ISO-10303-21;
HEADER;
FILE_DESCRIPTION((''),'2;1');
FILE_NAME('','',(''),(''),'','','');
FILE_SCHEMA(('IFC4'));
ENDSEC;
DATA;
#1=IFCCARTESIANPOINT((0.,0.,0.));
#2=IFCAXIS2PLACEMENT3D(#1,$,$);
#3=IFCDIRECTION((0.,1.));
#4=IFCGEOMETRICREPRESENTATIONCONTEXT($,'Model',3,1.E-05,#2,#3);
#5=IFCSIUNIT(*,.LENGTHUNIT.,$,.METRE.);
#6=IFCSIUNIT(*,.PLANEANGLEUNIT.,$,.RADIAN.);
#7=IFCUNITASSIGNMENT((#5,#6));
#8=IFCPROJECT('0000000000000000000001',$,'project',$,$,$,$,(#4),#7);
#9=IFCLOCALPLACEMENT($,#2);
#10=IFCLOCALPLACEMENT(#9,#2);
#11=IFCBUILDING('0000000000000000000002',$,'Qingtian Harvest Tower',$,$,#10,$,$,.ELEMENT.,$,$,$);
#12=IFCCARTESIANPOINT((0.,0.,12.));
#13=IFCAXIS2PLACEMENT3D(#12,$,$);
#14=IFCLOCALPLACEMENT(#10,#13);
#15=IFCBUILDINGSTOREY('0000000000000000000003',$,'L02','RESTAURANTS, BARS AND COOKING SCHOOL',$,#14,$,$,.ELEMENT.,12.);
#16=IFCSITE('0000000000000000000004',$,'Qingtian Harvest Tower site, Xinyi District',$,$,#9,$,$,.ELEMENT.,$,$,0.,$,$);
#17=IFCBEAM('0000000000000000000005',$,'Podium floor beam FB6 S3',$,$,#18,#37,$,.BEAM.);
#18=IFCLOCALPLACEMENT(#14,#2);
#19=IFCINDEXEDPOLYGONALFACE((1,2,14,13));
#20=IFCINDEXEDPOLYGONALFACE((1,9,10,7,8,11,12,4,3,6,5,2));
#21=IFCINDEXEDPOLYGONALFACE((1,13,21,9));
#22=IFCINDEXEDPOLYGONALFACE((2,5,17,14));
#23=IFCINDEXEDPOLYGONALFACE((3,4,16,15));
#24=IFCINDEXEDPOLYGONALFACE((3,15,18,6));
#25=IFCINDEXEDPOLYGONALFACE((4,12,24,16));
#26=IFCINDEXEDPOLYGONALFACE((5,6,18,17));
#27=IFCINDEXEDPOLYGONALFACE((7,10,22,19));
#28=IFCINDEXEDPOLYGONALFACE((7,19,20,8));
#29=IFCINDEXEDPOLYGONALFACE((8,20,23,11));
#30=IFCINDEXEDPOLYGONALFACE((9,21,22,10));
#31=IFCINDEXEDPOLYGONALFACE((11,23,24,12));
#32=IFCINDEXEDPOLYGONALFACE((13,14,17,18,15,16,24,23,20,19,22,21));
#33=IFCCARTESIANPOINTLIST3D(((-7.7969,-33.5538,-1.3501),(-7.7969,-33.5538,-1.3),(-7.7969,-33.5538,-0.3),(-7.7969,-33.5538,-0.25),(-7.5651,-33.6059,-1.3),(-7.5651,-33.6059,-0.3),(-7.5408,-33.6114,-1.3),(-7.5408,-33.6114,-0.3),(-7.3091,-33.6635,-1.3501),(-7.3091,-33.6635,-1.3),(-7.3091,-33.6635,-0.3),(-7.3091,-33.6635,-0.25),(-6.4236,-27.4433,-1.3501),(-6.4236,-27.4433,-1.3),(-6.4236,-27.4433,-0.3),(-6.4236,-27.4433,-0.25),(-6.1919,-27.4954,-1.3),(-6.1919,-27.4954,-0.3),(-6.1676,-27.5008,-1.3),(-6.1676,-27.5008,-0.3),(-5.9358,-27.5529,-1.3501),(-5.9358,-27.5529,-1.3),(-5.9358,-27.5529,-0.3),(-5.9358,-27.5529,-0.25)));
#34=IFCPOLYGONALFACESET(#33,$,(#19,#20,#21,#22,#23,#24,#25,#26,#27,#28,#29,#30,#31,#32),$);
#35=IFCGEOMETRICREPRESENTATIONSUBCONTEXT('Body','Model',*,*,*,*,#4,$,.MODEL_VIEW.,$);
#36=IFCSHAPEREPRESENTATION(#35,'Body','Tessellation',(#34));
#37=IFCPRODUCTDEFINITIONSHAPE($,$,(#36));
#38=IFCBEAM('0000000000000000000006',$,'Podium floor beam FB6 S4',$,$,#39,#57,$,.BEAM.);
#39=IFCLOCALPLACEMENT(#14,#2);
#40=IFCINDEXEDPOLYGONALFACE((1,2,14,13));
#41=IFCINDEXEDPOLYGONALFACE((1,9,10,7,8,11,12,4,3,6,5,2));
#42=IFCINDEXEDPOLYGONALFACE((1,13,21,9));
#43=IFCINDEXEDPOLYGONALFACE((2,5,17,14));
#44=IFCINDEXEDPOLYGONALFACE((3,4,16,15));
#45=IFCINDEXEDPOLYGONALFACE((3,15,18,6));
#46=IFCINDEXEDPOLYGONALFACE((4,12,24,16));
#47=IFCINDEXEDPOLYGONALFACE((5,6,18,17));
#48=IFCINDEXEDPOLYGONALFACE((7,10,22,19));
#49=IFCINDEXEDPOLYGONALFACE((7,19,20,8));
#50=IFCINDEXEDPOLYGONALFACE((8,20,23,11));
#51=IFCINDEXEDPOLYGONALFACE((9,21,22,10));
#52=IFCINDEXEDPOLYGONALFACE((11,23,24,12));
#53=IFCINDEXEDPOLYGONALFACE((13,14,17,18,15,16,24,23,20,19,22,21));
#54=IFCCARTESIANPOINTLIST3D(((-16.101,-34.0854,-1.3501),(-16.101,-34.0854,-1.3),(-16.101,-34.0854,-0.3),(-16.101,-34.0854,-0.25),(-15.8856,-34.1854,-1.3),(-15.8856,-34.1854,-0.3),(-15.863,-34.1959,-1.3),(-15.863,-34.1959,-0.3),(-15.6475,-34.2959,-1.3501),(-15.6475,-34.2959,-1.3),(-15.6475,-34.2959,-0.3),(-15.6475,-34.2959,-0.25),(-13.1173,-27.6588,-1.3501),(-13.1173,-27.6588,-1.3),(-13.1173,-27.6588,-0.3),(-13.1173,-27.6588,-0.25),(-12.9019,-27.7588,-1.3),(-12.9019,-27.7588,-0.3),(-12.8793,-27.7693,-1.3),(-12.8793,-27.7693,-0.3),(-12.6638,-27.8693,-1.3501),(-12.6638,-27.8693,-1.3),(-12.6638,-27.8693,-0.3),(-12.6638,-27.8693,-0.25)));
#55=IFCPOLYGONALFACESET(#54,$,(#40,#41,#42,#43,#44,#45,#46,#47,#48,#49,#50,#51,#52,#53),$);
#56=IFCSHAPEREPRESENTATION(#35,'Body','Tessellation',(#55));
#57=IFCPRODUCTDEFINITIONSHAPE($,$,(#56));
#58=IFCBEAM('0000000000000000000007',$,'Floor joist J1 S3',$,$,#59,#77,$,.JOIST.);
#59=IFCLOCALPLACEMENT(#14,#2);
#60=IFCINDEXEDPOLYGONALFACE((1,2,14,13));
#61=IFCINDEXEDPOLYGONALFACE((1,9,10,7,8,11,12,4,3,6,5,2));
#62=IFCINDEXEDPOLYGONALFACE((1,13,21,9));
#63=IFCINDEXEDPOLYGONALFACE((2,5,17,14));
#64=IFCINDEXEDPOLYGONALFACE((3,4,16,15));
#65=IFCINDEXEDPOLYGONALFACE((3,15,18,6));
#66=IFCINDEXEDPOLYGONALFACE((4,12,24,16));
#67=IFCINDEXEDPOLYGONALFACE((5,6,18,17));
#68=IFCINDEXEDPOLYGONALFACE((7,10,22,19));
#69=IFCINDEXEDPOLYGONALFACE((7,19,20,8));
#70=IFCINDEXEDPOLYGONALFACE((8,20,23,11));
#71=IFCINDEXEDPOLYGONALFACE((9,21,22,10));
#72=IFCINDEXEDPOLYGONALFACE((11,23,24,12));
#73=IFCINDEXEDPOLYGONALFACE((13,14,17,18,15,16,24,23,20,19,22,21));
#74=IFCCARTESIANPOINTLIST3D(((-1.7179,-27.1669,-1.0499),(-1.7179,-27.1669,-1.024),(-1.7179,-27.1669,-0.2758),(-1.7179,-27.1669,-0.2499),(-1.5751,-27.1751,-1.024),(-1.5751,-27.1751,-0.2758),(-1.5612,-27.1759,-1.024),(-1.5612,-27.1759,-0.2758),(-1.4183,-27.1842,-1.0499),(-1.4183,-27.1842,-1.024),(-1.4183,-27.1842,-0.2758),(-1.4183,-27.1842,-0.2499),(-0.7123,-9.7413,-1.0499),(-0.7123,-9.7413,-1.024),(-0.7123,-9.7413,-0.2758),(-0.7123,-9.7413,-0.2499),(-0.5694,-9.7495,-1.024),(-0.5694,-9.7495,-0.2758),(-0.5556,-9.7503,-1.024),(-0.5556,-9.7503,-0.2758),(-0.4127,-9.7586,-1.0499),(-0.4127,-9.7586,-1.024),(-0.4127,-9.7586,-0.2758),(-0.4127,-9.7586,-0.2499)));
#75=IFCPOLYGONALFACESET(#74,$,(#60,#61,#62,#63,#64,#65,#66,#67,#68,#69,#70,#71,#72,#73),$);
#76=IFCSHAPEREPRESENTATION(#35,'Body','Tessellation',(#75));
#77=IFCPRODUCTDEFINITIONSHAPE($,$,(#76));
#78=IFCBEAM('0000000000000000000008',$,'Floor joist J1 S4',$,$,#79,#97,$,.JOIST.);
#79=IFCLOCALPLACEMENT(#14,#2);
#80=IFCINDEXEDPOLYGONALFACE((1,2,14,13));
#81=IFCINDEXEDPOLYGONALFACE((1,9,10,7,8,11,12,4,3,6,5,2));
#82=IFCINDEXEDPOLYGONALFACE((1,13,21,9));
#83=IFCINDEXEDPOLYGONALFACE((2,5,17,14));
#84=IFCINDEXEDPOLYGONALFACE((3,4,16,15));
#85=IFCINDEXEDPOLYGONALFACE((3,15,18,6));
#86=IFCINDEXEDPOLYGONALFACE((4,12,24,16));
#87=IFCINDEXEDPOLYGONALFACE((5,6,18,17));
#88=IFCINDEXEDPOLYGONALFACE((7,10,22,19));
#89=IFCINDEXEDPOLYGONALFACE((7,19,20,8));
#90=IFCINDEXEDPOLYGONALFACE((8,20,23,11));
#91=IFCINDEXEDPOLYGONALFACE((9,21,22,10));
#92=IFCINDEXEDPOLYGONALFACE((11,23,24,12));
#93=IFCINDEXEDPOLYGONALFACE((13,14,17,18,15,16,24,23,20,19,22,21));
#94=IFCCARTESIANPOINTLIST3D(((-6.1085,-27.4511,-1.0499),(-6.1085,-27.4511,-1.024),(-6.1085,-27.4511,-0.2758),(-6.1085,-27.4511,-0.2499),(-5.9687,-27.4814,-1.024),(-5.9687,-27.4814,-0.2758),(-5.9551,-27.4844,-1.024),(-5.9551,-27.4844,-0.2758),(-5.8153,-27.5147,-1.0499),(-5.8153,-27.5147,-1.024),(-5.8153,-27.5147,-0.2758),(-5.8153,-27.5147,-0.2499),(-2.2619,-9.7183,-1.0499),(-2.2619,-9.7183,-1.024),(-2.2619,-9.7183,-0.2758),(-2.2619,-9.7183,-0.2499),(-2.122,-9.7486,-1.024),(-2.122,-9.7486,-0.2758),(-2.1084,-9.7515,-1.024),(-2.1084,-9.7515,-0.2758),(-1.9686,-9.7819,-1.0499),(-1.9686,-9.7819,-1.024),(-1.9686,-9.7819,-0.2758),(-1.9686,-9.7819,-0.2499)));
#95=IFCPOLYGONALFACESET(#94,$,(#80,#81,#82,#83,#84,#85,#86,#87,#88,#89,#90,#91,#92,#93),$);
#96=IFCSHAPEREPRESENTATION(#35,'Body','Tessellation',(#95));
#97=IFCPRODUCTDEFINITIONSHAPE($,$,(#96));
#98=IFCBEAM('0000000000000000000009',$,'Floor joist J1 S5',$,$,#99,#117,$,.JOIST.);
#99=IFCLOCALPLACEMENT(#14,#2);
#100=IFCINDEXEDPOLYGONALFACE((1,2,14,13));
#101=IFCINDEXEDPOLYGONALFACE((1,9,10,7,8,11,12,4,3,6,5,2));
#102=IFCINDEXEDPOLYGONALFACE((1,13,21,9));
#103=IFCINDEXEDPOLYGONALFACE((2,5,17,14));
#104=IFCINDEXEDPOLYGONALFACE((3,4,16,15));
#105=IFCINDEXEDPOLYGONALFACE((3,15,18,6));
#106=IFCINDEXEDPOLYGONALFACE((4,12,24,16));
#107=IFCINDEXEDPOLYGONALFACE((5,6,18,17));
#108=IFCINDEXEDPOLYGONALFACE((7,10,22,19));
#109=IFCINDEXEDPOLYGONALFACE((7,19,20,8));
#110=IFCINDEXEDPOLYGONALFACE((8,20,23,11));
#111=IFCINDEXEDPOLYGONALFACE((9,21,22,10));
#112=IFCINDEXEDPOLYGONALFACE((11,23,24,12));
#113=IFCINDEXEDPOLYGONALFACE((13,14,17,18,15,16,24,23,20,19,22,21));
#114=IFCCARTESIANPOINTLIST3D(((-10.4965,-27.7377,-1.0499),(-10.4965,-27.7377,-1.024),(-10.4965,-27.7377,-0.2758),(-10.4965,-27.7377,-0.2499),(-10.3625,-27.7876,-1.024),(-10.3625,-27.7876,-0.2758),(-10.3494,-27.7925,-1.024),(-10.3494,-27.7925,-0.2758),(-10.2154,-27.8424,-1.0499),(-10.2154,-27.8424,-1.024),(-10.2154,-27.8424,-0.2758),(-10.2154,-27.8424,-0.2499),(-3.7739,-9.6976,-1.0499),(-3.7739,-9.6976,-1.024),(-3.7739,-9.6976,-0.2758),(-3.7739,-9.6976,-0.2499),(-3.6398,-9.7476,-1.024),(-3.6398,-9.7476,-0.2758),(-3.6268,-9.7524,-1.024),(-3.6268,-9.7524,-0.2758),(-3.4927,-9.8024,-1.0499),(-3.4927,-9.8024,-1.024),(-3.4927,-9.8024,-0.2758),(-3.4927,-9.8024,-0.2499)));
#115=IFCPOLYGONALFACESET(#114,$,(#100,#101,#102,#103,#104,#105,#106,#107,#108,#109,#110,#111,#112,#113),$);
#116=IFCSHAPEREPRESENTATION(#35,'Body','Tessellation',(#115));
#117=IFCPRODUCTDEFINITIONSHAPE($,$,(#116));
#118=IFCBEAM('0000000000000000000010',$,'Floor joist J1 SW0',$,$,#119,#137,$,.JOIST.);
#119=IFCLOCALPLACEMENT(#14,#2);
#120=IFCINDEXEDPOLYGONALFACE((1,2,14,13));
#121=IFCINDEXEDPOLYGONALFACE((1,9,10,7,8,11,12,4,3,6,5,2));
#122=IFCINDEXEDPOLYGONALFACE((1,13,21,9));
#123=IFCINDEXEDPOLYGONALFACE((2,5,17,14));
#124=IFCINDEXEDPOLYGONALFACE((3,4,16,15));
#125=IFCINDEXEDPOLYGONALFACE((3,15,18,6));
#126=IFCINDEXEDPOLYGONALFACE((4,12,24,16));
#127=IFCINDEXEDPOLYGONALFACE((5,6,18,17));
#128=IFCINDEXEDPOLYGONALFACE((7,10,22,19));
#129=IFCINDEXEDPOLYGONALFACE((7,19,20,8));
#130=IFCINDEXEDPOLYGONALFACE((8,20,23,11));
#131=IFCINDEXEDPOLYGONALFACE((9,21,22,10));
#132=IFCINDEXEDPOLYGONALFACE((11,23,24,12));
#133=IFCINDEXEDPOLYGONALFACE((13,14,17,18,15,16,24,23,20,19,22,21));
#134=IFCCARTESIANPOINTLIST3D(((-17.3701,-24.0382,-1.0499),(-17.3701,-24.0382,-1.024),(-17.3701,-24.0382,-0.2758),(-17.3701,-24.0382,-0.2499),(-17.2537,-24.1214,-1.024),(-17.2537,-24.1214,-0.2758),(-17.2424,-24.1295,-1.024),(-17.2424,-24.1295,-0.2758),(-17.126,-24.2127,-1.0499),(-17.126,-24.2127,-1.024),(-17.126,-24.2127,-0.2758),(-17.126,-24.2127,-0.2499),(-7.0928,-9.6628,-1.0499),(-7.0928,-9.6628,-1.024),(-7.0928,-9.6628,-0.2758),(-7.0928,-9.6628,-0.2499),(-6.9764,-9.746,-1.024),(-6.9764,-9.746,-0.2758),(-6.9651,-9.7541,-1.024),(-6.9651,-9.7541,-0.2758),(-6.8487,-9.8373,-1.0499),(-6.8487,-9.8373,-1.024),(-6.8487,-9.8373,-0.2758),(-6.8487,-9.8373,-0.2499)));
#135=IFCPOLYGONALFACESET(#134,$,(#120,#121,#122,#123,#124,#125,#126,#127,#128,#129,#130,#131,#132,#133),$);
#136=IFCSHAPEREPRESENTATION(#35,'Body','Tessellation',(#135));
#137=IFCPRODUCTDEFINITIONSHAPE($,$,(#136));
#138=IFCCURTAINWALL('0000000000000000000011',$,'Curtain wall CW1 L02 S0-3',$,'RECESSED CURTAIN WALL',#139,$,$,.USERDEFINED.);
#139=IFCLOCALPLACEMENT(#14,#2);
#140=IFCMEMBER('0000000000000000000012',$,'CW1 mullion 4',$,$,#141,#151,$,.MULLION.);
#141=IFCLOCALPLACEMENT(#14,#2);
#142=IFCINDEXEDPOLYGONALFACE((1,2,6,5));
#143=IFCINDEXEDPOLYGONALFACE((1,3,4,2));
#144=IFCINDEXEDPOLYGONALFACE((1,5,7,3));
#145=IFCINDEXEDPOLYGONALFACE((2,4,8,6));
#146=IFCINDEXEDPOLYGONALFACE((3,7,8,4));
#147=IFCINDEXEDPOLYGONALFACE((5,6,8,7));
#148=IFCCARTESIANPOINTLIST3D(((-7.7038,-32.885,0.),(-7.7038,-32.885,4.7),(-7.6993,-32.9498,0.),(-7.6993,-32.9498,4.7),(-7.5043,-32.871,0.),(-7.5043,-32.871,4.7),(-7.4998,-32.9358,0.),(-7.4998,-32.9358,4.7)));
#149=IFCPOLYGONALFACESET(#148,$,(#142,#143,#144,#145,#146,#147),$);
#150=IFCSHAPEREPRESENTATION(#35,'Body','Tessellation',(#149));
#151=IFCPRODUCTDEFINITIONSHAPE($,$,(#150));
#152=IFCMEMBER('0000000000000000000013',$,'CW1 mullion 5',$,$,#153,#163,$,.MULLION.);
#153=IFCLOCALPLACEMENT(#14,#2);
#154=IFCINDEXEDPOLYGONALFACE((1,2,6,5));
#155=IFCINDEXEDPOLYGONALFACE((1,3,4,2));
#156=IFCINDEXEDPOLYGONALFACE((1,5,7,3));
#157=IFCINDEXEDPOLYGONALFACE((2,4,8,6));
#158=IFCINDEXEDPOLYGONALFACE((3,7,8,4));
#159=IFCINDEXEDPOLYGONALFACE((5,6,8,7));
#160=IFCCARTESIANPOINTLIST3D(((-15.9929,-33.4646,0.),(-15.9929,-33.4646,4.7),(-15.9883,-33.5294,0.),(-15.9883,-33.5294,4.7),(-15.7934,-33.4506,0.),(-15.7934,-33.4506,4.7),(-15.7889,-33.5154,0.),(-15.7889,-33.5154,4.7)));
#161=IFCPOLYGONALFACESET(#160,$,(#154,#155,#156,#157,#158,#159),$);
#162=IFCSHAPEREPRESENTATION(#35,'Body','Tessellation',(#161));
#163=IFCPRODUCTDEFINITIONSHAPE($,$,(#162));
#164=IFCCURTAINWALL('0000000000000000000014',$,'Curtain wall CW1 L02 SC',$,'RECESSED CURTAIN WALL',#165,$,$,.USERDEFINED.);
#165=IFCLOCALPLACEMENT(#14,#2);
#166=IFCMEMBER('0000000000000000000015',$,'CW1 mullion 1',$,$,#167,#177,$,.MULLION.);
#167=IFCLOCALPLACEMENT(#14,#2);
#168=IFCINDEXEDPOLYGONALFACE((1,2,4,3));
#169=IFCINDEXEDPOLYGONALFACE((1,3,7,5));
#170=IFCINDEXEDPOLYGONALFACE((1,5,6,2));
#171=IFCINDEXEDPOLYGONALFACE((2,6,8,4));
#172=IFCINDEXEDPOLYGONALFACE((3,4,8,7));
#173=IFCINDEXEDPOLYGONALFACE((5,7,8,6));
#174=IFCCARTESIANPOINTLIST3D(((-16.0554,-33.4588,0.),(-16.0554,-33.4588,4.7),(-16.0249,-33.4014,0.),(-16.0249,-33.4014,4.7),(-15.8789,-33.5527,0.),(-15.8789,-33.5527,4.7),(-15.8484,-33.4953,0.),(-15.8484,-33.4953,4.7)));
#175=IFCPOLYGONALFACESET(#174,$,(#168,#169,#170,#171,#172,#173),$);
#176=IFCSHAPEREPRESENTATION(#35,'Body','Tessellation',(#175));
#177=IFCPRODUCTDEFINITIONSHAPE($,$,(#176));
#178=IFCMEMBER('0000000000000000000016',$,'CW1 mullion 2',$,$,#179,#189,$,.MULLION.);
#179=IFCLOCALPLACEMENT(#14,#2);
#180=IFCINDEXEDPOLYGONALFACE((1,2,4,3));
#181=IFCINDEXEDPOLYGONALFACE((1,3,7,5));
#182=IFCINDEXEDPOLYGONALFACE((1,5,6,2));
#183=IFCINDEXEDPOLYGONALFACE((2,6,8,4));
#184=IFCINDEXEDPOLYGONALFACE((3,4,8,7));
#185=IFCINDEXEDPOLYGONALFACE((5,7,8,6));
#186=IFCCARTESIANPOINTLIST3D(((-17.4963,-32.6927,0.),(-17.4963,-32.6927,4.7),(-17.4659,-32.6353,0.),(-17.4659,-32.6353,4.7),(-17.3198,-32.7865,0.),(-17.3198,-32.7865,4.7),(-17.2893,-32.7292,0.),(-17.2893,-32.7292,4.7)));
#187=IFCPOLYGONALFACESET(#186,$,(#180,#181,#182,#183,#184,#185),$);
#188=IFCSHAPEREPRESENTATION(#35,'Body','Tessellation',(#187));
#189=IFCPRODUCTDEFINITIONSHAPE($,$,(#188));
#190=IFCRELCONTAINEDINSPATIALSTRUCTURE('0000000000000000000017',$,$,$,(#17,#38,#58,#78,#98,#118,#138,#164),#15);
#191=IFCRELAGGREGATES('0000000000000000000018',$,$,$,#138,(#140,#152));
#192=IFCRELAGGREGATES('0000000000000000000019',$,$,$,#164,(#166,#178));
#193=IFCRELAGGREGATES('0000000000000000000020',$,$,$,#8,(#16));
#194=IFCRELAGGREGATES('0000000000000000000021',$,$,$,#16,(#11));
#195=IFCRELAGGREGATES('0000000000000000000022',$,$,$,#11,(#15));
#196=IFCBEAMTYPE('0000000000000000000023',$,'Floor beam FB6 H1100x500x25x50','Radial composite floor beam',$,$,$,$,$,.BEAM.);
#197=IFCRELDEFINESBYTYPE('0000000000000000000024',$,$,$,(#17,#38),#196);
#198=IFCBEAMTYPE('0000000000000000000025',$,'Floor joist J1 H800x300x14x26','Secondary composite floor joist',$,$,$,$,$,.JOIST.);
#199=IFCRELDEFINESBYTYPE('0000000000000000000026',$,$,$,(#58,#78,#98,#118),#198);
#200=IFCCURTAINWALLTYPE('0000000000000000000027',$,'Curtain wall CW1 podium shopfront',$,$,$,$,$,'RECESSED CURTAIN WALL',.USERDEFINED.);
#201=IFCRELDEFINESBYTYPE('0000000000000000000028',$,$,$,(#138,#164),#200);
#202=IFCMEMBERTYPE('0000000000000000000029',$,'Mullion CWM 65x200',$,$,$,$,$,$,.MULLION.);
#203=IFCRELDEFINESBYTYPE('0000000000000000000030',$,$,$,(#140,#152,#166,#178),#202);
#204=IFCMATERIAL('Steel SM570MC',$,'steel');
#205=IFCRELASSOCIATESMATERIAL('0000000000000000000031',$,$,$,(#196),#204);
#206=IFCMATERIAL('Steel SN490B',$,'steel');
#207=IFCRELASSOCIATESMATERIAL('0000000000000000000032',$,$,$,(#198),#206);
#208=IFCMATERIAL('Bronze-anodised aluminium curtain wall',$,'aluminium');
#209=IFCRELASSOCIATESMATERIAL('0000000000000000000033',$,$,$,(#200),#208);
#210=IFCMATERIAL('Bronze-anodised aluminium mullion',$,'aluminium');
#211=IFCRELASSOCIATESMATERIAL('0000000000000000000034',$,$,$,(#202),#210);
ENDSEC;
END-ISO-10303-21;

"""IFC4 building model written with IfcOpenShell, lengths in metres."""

from ifc_helpers import new_model, si_unit, direction, frame, origin, origin_2d, place, context, subcontext, project, spatial, rectangle, i_section, extrude, material, material_profile, profile_set, type_object, element, aggregate, save


model = new_model("IFC4")

# Units and contexts
model_context = context("Model", 3, precision=1e-05, world=origin(), true_north=direction((0.0, 1.0)))
body_context = subcontext(model_context, "Body", "Model", "MODEL_VIEW")
ifc_project = project(units=[si_unit("LENGTHUNIT", "METRE"), si_unit("PLANEANGLEUNIT", "RADIAN")], contexts=[model_context])

# Site, building, storey
site_placement = place(None, origin())
site = spatial("IfcSite", under=ifc_project, at=site_placement, Name="Qingtian Harvest Tower site, Xinyi District", CompositionType="ELEMENT", RefElevation=0.0)
building_placement = place(site_placement, origin())
building = spatial("IfcBuilding", under=site, at=building_placement, Name="Qingtian Harvest Tower", CompositionType="ELEMENT")
storey_placement = place(building_placement, frame((0.0, 0.0, 12.0)))
storey = spatial("IfcBuildingStorey", under=building, at=storey_placement, Name="L02", Description="RESTAURANTS, BARS AND COOKING SCHOOL", CompositionType="ELEMENT", Elevation=12.0)

# Beams
ifc_material_1 = material(Name="Steel SM570MC", Category="steel")
ifc_material_profile_1 = material_profile(ifc_material_1, i_section(OverallWidth=0.5, OverallDepth=1.1001, WebThickness=0.0249, FlangeThickness=0.05, at=origin_2d()), Name="H1100x500x25x50")
ifc_profile_set_1 = profile_set([ifc_material_profile_1], Name="Steel SM570MC")
beam_type_1 = type_object("IfcBeamType", Name="Floor beam FB6 H1100x500x25x50", Description="Radial composite floor beam", PredefinedType="BEAM", material=ifc_profile_set_1)
beam_1_placement = place(storey_placement, frame((-7.553, -33.6086, -0.8), z_axis=(0.21927, 0.975664, 0.0), x_axis=(-0.975664, 0.21927, 0.0)))
element("IfcBeam", 1, at=beam_1_placement, inside=storey, type_object=beam_type_1, Name="Podium floor beam FB6 S3", PredefinedType="BEAM", context=body_context, shape_type="SweptSolid", body=[
    extrude(i_section(OverallWidth=0.5, OverallDepth=1.1001, WebThickness=0.0249, FlangeThickness=0.05, at=origin_2d()), origin(), (0.0, 0.0, 1.0), 6.2629),
])
beam_2_placement = place(storey_placement, frame((-15.8743, -34.1907, -0.8), z_axis=(0.4211, 0.907014, 0.0), x_axis=(-0.907014, 0.4211, 0.0)))
element("IfcBeam", 2, at=beam_2_placement, inside=storey, type_object=beam_type_1, Name="Podium floor beam FB6 S4", PredefinedType="BEAM", context=body_context, shape_type="SweptSolid", body=[
    extrude(i_section(OverallWidth=0.5, OverallDepth=1.1001, WebThickness=0.0249, FlangeThickness=0.05, at=origin_2d()), origin(), (0.0, 0.0, 1.0), 7.0854),
])
ifc_material_2 = material(Name="Steel SN490B", Category="steel")
ifc_material_profile_2 = material_profile(ifc_material_2, i_section(OverallWidth=0.3, OverallDepth=0.8, WebThickness=0.0139, FlangeThickness=0.0259, at=origin_2d()), Name="H800x300x14x26")
ifc_profile_set_2 = profile_set([ifc_material_profile_2], Name="Steel SN490B")
beam_type_2 = type_object("IfcBeamType", Name="Floor joist J1 H800x300x14x26", Description="Secondary composite floor joist", PredefinedType="JOIST", material=ifc_profile_set_2)
beam_3_placement = place(storey_placement, frame((-1.5681, -27.1755, -0.6499), z_axis=(0.057613, 0.998339, 0.0), x_axis=(-0.998339, 0.057613, 0.0)))
element("IfcBeam", 3, at=beam_3_placement, inside=storey, type_object=beam_type_2, Name="Floor joist J1 S3", PredefinedType="JOIST", context=body_context, shape_type="SweptSolid", body=[
    extrude(i_section(OverallWidth=0.3, OverallDepth=0.8, WebThickness=0.0139, FlangeThickness=0.0259, at=origin_2d()), origin(), (0.0, 0.0, 1.0), 17.4546),
])
beam_4_placement = place(storey_placement, frame((-5.9619, -27.4829, -0.6499), z_axis=(0.211993, 0.977271, 0.0), x_axis=(-0.977271, 0.211993, 0.0)))
element("IfcBeam", 4, at=beam_4_placement, inside=storey, type_object=beam_type_2, Name="Floor joist J1 S4", PredefinedType="JOIST", context=body_context, shape_type="SweptSolid", body=[
    extrude(i_section(OverallWidth=0.3, OverallDepth=0.8, WebThickness=0.0139, FlangeThickness=0.0259, at=origin_2d()), origin(), (0.0, 0.0, 1.0), 18.1453),
])
beam_5_placement = place(storey_placement, frame((-10.356, -27.79, -0.6499), z_axis=(0.349194, 0.937051, 0.0), x_axis=(-0.937051, 0.349194, 0.0)))
element("IfcBeam", 5, at=beam_5_placement, inside=storey, type_object=beam_type_2, Name="Floor joist J1 S5", PredefinedType="JOIST", context=body_context, shape_type="SweptSolid", body=[
    extrude(i_section(OverallWidth=0.3, OverallDepth=0.8, WebThickness=0.0139, FlangeThickness=0.0259, at=origin_2d()), origin(), (0.0, 0.0, 1.0), 19.252),
])
beam_6_placement = place(storey_placement, frame((-17.248, -24.1255, -0.6499), z_axis=(0.581581, 0.813489, 0.0), x_axis=(-0.813489, 0.581581, 0.0)))
element("IfcBeam", 6, at=beam_6_placement, inside=storey, type_object=beam_type_2, Name="Floor joist J1 SW0", PredefinedType="JOIST", context=body_context, shape_type="SweptSolid", body=[
    extrude(i_section(OverallWidth=0.3, OverallDepth=0.8, WebThickness=0.0139, FlangeThickness=0.0259, at=origin_2d()), origin(), (0.0, 0.0, 1.0), 17.6714),
])

# Curtain walls, members
ifc_material_3 = material(Name="Bronze-anodised aluminium curtain wall", Category="aluminium")
curtain_wall_type = type_object("IfcCurtainWallType", Name="Curtain wall CW1 podium shopfront", ElementType="RECESSED CURTAIN WALL", PredefinedType="USERDEFINED", material=ifc_material_3)
curtain_wall_1_placement = place(storey_placement, origin())
curtain_wall_1 = element("IfcCurtainWall", 7, at=curtain_wall_1_placement, inside=storey, type_object=curtain_wall_type, Name="Curtain wall CW1 L02 S0-3", ObjectType="RECESSED CURTAIN WALL", PredefinedType="USERDEFINED")
ifc_material_4 = material(Name="Bronze-anodised aluminium mullion", Category="aluminium")
ifc_material_profile_3 = material_profile(ifc_material_4, rectangle(XDim=0.0649, YDim=0.2, at=origin_2d()), Name="AL 65x200")
ifc_profile_set_3 = profile_set([ifc_material_profile_3], Name="Bronze-anodised aluminium mullion")
member_type_1 = type_object("IfcMemberType", Name="Mullion CWM 65x200", PredefinedType="MULLION", material=ifc_profile_set_3)
member_1_placement = place(storey_placement, frame((-7.6018, -32.9104, 0.0), z_axis=(0.0, 0.0, 1.0), x_axis=(0.069756, -0.997564, 0.0)))
member_1 = element("IfcMember", 8, at=member_1_placement, type_object=member_type_1, Name="CW1 mullion 4", PredefinedType="MULLION", context=body_context, shape_type="SweptSolid", body=[
    extrude(rectangle(XDim=0.0649, YDim=0.2, at=origin_2d()), origin(), (0.0, 0.0, 1.0), 4.7),
])
member_2_placement = place(storey_placement, frame((-15.8909, -33.49, 0.0), z_axis=(0.0, 0.0, 1.0), x_axis=(0.069756, -0.997564, 0.0)))
member_2 = element("IfcMember", 9, at=member_2_placement, type_object=member_type_1, Name="CW1 mullion 5", PredefinedType="MULLION", context=body_context, shape_type="SweptSolid", body=[
    extrude(rectangle(XDim=0.0649, YDim=0.2, at=origin_2d()), origin(), (0.0, 0.0, 1.0), 4.7),
])
curtain_wall_2_placement = place(storey_placement, origin())
curtain_wall_2 = element("IfcCurtainWall", 10, at=curtain_wall_2_placement, inside=storey, type_object=curtain_wall_type, Name="Curtain wall CW1 L02 SC", ObjectType="RECESSED CURTAIN WALL", PredefinedType="USERDEFINED")
member_3_placement = place(storey_placement, frame((-15.9519, -33.4771, 0.0), z_axis=(0.0, 0.0, 1.0), x_axis=(-0.469472, -0.882948, 0.0)))
member_3 = element("IfcMember", 11, at=member_3_placement, type_object=member_type_1, Name="CW1 mullion 1", PredefinedType="MULLION", context=body_context, shape_type="SweptSolid", body=[
    extrude(rectangle(XDim=0.0649, YDim=0.2, at=origin_2d()), origin(), (0.0, 0.0, 1.0), 4.7),
])
member_4_placement = place(storey_placement, frame((-17.3928, -32.7109, 0.0), z_axis=(0.0, 0.0, 1.0), x_axis=(-0.469472, -0.882948, 0.0)))
member_4 = element("IfcMember", 12, at=member_4_placement, type_object=member_type_1, Name="CW1 mullion 2", PredefinedType="MULLION", context=body_context, shape_type="SweptSolid", body=[
    extrude(rectangle(XDim=0.0649, YDim=0.2, at=origin_2d()), origin(), (0.0, 0.0, 1.0), 4.7),
])

aggregate(curtain_wall_1, [member_1, member_2])
aggregate(curtain_wall_2, [member_3, member_4])

save(model, "model.ifc")
